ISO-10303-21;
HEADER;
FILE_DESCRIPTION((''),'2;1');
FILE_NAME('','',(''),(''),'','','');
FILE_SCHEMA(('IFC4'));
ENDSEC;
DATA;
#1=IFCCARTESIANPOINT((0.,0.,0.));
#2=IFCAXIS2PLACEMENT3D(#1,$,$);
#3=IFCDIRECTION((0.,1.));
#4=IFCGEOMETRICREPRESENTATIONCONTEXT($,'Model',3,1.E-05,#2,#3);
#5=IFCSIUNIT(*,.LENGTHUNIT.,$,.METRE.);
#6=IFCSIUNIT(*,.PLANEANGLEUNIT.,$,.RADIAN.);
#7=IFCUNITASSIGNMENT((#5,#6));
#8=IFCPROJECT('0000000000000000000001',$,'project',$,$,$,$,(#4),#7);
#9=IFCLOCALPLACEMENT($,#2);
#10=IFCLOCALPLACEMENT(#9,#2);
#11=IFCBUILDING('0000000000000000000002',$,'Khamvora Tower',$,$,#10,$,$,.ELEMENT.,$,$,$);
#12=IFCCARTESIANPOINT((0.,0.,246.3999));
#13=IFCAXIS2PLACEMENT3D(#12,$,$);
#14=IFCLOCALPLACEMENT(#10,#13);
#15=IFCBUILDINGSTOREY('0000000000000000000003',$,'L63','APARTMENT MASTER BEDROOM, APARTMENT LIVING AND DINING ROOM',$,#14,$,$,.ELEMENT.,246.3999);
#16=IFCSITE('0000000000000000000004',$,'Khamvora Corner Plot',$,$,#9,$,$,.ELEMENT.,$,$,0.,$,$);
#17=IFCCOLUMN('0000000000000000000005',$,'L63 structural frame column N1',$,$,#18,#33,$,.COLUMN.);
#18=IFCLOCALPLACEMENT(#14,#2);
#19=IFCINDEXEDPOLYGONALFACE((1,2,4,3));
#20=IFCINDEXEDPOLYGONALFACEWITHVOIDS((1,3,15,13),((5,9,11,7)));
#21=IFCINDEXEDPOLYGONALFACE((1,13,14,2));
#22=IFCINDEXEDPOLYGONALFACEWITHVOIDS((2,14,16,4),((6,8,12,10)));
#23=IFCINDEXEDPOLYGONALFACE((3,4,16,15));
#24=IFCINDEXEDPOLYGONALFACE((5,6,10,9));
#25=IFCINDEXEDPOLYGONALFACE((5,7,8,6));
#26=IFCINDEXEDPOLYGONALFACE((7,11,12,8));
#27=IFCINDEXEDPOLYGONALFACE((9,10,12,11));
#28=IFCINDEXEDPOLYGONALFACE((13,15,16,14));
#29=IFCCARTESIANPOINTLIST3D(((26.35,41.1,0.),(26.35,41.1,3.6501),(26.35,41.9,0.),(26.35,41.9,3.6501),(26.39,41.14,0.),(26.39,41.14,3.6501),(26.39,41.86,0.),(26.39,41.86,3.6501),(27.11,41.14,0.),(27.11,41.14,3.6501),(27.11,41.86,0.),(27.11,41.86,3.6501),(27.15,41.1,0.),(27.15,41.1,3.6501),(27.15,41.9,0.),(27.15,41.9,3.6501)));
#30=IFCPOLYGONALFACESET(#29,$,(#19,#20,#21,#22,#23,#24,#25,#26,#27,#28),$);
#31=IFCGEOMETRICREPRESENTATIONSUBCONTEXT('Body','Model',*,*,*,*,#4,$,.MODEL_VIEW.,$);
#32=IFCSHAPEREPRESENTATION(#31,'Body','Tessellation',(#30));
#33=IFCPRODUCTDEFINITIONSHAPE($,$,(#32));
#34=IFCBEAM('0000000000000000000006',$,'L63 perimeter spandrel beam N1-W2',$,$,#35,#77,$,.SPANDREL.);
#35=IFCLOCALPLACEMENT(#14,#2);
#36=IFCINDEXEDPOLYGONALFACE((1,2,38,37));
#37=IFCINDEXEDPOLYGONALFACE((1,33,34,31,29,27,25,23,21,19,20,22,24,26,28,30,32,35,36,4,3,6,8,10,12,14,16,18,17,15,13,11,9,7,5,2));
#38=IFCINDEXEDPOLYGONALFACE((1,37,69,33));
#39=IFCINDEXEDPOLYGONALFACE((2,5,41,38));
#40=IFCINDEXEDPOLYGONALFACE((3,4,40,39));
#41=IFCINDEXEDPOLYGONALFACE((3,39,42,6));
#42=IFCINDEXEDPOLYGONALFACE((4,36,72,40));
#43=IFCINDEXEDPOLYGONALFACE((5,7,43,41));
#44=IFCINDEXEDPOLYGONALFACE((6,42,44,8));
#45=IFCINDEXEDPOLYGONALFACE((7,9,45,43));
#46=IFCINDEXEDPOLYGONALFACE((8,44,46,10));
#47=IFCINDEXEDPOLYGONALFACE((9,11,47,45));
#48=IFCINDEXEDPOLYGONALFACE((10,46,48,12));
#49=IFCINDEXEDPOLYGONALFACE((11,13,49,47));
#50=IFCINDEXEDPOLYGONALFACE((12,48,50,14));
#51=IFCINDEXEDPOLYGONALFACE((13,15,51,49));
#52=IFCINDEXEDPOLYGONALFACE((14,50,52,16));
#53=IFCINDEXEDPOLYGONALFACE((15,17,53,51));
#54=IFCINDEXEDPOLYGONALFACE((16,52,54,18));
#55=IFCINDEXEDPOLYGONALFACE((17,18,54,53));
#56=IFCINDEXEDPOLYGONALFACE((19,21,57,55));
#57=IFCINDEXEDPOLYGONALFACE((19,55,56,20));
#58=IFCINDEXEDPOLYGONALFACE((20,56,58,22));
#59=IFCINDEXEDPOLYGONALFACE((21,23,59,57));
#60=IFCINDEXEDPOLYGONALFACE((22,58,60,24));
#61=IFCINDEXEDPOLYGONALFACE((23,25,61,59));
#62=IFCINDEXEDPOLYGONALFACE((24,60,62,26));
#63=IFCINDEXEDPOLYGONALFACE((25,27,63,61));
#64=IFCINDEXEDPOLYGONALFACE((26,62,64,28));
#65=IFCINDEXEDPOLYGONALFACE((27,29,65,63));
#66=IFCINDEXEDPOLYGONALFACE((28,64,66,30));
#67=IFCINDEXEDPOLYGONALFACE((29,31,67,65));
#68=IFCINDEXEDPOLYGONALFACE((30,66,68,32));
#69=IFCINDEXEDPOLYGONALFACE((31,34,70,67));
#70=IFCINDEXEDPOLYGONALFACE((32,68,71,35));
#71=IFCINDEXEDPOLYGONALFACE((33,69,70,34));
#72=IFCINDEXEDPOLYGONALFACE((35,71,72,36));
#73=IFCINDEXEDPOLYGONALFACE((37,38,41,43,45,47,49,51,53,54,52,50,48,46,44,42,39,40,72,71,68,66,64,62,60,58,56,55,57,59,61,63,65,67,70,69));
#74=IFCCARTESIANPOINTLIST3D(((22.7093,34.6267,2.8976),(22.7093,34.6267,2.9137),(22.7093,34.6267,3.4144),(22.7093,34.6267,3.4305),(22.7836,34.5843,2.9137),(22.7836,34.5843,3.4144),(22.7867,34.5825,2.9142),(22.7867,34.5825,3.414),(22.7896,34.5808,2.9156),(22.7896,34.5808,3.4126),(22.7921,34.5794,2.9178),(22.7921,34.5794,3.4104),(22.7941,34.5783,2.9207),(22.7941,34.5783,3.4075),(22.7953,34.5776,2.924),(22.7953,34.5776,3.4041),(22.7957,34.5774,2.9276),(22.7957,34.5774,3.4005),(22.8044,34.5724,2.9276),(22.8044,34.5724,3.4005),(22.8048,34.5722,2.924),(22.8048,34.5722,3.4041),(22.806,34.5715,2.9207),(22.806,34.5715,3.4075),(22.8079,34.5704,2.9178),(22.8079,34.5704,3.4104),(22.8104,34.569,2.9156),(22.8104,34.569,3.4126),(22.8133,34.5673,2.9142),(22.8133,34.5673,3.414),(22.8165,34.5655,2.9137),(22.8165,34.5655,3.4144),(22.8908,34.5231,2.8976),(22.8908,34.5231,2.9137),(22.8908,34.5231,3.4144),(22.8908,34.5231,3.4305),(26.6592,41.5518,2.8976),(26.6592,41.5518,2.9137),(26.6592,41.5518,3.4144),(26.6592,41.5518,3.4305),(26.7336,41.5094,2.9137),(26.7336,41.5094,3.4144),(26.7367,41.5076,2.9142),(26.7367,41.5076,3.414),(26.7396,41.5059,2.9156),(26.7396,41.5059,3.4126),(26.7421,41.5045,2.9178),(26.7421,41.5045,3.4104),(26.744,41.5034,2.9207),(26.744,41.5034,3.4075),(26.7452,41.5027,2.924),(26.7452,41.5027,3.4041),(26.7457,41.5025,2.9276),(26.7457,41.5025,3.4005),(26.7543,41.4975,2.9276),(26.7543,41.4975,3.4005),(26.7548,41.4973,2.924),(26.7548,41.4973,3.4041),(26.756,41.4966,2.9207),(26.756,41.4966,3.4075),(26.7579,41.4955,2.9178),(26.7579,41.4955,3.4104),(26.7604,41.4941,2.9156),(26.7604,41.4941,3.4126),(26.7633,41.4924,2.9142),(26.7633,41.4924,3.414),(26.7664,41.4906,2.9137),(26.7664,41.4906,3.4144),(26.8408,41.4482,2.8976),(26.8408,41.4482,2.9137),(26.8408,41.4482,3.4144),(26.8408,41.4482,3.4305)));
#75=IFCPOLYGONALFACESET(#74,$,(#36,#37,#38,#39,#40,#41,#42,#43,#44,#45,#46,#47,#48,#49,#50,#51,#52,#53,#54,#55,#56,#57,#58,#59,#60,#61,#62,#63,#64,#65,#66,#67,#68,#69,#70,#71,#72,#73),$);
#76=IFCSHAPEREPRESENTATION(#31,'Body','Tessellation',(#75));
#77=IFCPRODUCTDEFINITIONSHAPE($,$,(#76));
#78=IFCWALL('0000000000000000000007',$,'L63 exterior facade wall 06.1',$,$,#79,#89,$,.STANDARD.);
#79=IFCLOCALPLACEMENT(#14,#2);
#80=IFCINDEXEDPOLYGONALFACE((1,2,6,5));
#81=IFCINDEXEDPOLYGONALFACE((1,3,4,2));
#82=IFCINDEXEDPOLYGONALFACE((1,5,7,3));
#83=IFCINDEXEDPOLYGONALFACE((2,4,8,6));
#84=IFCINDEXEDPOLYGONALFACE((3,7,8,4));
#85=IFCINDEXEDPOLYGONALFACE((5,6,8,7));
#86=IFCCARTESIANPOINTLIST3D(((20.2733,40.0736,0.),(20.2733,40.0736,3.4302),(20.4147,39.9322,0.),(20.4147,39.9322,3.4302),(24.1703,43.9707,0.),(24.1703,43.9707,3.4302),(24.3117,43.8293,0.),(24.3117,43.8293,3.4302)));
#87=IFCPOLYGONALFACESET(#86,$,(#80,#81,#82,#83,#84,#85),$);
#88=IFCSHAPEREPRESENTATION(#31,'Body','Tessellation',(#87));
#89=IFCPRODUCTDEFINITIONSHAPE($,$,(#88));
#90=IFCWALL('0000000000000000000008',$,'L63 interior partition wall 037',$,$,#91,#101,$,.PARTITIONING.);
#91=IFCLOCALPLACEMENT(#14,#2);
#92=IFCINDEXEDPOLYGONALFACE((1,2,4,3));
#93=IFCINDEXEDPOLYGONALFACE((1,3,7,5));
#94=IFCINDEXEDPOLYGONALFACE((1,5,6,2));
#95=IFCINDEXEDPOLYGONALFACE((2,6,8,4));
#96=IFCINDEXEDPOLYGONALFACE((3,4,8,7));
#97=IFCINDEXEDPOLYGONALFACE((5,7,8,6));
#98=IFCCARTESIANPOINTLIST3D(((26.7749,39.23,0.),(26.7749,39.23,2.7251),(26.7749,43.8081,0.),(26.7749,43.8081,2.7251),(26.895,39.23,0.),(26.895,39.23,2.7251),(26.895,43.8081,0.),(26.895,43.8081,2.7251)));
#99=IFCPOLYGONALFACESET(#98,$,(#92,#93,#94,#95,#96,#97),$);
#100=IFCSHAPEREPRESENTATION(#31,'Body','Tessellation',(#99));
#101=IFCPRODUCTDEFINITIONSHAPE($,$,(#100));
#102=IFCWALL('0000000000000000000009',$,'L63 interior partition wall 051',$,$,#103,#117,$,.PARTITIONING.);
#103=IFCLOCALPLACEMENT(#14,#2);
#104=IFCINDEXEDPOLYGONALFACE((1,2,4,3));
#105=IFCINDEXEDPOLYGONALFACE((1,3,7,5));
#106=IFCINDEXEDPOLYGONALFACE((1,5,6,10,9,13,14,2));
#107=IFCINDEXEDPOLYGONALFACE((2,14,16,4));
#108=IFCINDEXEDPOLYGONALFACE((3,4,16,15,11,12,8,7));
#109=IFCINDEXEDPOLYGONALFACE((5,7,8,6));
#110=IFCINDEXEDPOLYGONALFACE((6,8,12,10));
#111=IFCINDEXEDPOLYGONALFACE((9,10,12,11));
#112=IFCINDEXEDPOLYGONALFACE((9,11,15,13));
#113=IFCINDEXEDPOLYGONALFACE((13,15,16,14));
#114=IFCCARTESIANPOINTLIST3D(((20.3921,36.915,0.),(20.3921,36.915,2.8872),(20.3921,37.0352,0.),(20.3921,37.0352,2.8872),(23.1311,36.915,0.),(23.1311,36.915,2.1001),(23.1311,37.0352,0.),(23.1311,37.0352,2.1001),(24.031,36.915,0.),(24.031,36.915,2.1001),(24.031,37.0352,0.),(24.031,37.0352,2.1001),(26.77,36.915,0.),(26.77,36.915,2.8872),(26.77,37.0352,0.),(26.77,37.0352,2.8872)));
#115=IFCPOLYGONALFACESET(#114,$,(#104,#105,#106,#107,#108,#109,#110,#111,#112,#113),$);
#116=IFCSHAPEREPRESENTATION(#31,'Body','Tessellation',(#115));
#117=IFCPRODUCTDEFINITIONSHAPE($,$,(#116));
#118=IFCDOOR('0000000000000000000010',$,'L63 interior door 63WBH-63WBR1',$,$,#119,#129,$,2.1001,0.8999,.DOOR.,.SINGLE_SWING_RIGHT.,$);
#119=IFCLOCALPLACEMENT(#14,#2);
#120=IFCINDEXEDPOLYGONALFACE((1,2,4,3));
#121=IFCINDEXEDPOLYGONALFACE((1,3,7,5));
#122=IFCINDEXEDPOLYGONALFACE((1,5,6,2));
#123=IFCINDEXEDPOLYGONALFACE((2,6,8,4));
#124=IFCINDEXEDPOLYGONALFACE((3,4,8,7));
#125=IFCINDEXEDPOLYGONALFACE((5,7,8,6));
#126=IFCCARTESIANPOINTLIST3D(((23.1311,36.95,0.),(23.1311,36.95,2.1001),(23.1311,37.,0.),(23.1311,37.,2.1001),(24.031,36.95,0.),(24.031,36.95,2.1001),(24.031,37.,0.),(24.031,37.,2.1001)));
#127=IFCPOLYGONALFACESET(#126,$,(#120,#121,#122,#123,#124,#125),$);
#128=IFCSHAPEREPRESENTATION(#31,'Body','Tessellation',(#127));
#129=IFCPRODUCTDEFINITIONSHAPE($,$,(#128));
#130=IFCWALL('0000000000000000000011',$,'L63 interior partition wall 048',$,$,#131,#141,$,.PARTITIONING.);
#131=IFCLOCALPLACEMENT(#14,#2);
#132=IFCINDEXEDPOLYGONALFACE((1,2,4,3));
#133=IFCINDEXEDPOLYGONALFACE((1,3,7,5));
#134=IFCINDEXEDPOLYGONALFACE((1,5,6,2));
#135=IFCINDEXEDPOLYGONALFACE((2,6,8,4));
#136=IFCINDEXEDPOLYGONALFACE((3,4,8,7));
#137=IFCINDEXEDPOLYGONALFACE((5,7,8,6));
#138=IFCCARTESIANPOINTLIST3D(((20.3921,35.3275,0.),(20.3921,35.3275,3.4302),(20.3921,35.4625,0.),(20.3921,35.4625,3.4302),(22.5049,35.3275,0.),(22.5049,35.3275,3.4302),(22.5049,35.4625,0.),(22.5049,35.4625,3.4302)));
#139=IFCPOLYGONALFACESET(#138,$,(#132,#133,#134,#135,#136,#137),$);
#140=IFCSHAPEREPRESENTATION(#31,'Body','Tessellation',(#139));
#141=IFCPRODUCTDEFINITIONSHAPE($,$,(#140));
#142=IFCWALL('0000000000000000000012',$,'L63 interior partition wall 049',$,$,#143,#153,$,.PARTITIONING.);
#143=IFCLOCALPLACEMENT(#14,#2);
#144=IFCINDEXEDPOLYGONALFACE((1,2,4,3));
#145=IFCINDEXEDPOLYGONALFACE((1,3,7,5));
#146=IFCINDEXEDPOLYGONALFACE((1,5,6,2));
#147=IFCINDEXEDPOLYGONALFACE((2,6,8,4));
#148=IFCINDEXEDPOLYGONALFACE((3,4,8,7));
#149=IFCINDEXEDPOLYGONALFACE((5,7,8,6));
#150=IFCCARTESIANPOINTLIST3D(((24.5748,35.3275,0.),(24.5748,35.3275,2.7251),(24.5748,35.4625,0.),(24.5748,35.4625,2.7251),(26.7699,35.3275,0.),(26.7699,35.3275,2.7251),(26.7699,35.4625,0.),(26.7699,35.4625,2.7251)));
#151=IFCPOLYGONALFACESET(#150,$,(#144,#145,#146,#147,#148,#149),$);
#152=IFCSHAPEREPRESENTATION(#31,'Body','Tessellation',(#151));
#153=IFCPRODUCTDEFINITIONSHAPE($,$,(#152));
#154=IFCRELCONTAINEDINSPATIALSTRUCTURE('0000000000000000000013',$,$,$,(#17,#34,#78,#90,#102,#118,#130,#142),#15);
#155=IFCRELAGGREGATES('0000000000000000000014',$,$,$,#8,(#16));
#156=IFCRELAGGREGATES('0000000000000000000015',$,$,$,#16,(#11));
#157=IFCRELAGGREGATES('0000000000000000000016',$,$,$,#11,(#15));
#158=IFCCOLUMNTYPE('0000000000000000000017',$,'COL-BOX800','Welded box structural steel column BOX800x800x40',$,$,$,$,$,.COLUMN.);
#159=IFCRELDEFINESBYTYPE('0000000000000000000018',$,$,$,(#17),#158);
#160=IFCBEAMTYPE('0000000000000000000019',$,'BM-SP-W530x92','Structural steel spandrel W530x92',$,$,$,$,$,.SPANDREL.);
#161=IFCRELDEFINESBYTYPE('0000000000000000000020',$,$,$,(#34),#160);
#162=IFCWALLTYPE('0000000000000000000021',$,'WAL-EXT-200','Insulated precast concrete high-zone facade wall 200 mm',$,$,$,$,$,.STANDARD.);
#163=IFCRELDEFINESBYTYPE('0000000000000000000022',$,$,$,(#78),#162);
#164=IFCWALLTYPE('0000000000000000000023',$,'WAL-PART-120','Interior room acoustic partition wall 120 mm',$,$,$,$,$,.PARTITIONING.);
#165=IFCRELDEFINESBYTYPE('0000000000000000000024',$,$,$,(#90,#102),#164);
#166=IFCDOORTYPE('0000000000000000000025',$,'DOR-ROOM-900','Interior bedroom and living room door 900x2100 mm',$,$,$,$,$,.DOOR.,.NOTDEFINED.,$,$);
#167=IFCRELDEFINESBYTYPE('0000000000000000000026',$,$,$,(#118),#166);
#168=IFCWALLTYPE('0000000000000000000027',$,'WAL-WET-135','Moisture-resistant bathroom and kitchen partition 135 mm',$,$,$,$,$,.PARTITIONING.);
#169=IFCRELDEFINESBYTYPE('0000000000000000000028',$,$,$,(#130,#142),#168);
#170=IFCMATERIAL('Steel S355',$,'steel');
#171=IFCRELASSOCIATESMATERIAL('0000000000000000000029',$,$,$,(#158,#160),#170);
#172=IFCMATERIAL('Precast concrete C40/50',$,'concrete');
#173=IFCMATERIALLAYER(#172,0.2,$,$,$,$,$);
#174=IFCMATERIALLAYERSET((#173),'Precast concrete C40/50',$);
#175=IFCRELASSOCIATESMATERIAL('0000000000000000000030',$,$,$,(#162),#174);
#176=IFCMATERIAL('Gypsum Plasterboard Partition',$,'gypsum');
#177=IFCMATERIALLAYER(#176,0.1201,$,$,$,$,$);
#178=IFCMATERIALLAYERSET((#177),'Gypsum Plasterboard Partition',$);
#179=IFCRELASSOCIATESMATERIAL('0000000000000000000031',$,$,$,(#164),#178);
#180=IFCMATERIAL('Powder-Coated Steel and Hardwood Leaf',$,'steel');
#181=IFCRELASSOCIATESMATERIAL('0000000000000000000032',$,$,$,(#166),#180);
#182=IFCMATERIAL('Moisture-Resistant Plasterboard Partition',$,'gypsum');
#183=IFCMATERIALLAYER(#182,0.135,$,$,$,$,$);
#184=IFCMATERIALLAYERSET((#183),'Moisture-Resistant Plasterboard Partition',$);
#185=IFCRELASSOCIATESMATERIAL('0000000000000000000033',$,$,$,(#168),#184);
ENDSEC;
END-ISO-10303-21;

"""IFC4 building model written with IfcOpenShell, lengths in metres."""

from ifc_helpers import new_model, si_unit, direction, frame, frame_2d, origin, origin_2d, place, context, subcontext, project, spatial, rectangle, hollow_rectangle, i_section, extrude, material, layer, layer_set, material_profile, profile_set, type_object, element, fill, save


model = new_model("IFC4")

# Units and contexts
model_context = context("Model", 3, precision=1e-05, world=origin(), true_north=direction((0.0, 1.0)))
body_context = subcontext(model_context, "Body", "Model", "MODEL_VIEW")
ifc_project = project(units=[si_unit("LENGTHUNIT", "METRE"), si_unit("PLANEANGLEUNIT", "RADIAN")], contexts=[model_context])

# Site, building, storey
site_placement = place(None, origin())
site = spatial("IfcSite", under=ifc_project, at=site_placement, Name="Khamvora Corner Plot", CompositionType="ELEMENT", RefElevation=0.0)
building_placement = place(site_placement, origin())
building = spatial("IfcBuilding", under=site, at=building_placement, Name="Khamvora Tower", CompositionType="ELEMENT")
storey_placement = place(building_placement, frame((0.0, 0.0, 246.3999)))
storey = spatial("IfcBuildingStorey", under=building, at=storey_placement, Name="L63", Description="APARTMENT MASTER BEDROOM, APARTMENT LIVING AND DINING ROOM", CompositionType="ELEMENT", Elevation=246.3999)

# Column
ifc_material_1 = material(Name="Steel S355", Category="steel")
ifc_material_profile_1 = material_profile(ifc_material_1, hollow_rectangle(XDim=0.8, YDim=0.8, WallThickness=0.04, at=origin_2d()), Name="BOX800x800x40")
ifc_profile_set_1 = profile_set([ifc_material_profile_1], Name="Steel S355")
column_type = type_object("IfcColumnType", Name="COL-BOX800", Description="Welded box structural steel column BOX800x800x40", PredefinedType="COLUMN", material=ifc_profile_set_1)
column_placement = place(storey_placement, frame((26.75, 41.5, 0.0), z_axis=(0.0, 0.0, 1.0), x_axis=(1.0, 0.0, 0.0)))
element("IfcColumn", 1, at=column_placement, inside=storey, type_object=column_type, Name="L63 structural frame column N1", PredefinedType="COLUMN", context=body_context, shape_type="SweptSolid", body=[
    extrude(hollow_rectangle(XDim=0.8, YDim=0.8, WallThickness=0.04, at=origin_2d()), origin(), (0.0, 0.0, 1.0), 3.6501),
])

# Beam
ifc_material_profile_2 = material_profile(ifc_material_1, i_section(OverallWidth=0.209, OverallDepth=0.533, WebThickness=0.01, FlangeThickness=0.0161, FilletRadius=0.0139, at=origin_2d()), Name="W530x92")
ifc_profile_set_2 = profile_set([ifc_material_profile_2], Name="Steel S355")
beam_type = type_object("IfcBeamType", Name="BM-SP-W530x92", Description="Structural steel spandrel W530x92", PredefinedType="SPANDREL", material=ifc_profile_set_2)
beam_placement = place(storey_placement, frame((26.75, 41.5, 3.1641), z_axis=(-0.495456, -0.868633, 0.0), x_axis=(0.868633, -0.495456, 0.0)))
element("IfcBeam", 2, at=beam_placement, inside=storey, type_object=beam_type, Name="L63 perimeter spandrel beam N1-W2", PredefinedType="SPANDREL", context=body_context, shape_type="SweptSolid", body=[
    extrude(i_section(OverallWidth=0.209, OverallDepth=0.533, WebThickness=0.01, FlangeThickness=0.0161, FilletRadius=0.0139, at=origin_2d()), origin(), (0.0, 0.0, 1.0), 7.9724),
])

# Wall
ifc_material_2 = material(Name="Precast concrete C40/50", Category="concrete")
ifc_layer_1 = layer(ifc_material_2, 0.2)
ifc_layer_set_1 = layer_set([ifc_layer_1], Name="Precast concrete C40/50")
wall_type_1 = type_object("IfcWallType", Name="WAL-EXT-200", Description="Insulated precast concrete high-zone facade wall 200 mm", PredefinedType="STANDARD", material=ifc_layer_set_1)
wall_1_placement = place(storey_placement, frame((20.344, 40.0029, 0.0), z_axis=(0.0, 0.0, 1.0), x_axis=(0.707107, 0.707107, 0.0)))
element("IfcWall", 3, at=wall_1_placement, inside=storey, type_object=wall_type_1, Name="L63 exterior facade wall 06.1", PredefinedType="STANDARD", context=body_context, shape_type="SweptSolid", body=[
    extrude(rectangle(XDim=5.5112, YDim=0.2, at=frame_2d((2.7556, 0.0))), origin(), (0.0, 0.0, 1.0), 3.4302),
])

# Wall
ifc_material_3 = material(Name="Gypsum Plasterboard Partition", Category="gypsum")
ifc_layer_2 = layer(ifc_material_3, 0.1201)
ifc_layer_set_2 = layer_set([ifc_layer_2], Name="Gypsum Plasterboard Partition")
wall_type_2 = type_object("IfcWallType", Name="WAL-PART-120", Description="Interior room acoustic partition wall 120 mm", PredefinedType="PARTITIONING", material=ifc_layer_set_2)
wall_2_placement = place(storey_placement, frame((26.835, 39.23, 0.0), z_axis=(0.0, 0.0, 1.0), x_axis=(0.0, 1.0, 0.0)))
element("IfcWall", 4, at=wall_2_placement, inside=storey, type_object=wall_type_2, Name="L63 interior partition wall 037", PredefinedType="PARTITIONING", context=body_context, shape_type="SweptSolid", body=[
    extrude(rectangle(XDim=4.5781, YDim=0.1201, at=frame_2d((2.2891, 0.0))), origin(), (0.0, 0.0, 1.0), 2.7251),
])

# Wall, opening, door
wall_3_placement = place(storey_placement, frame((20.3921, 36.9751, 0.0), z_axis=(0.0, 0.0, 1.0), x_axis=(1.0, 0.0, 0.0)))
wall_3 = element("IfcWall", 5, at=wall_3_placement, inside=storey, type_object=wall_type_2, Name="L63 interior partition wall 051", PredefinedType="PARTITIONING", context=body_context, shape_type="SweptSolid", body=[
    extrude(rectangle(XDim=6.3779, YDim=0.1201, at=frame_2d((3.189, 0.0))), origin(), (0.0, 0.0, 1.0), 2.8872),
])
opening_1_placement = place(wall_3_placement, frame((2.739, 0.0, 0.0)))
opening_1 = element("IfcOpeningElement", 6, at=opening_1_placement, cuts=wall_3, PredefinedType="OPENING", context=body_context, shape_type="SweptSolid", body=[
    extrude(rectangle(XDim=0.8999, YDim=2.1001, at=frame_2d((0.45, 1.05))), frame((0.0, 0.0701, 0.0), z_axis=(0.0, -1.0, 0.0), x_axis=(1.0, 0.0, 0.0)), (0.0, 0.0, 1.0), 0.1401),
])
ifc_material_4 = material(Name="Powder-Coated Steel and Hardwood Leaf", Category="steel")
door_type_1 = type_object("IfcDoorType", Name="DOR-ROOM-900", Description="Interior bedroom and living room door 900x2100 mm", OperationType="NOTDEFINED", PredefinedType="DOOR", material=ifc_material_4)
door_1_placement = place(opening_1_placement, origin())
door_1 = element("IfcDoor", 7, at=door_1_placement, inside=storey, type_object=door_type_1, Name="L63 interior door 63WBH-63WBR1", OperationType="SINGLE_SWING_RIGHT", OverallHeight=2.1001, OverallWidth=0.8999, PredefinedType="DOOR", context=body_context, shape_type="SweptSolid", body=[
    extrude(rectangle(XDim=0.8999, YDim=2.1001, at=frame_2d((0.45, 1.05))), frame((0.0, 0.0249, 0.0), z_axis=(0.0, -1.0, 0.0), x_axis=(1.0, 0.0, 0.0)), (0.0, 0.0, 1.0), 0.05),
])
fill(opening_1, door_1)

# Walls
ifc_material_5 = material(Name="Moisture-Resistant Plasterboard Partition", Category="gypsum")
ifc_layer_3 = layer(ifc_material_5, 0.135)
ifc_layer_set_3 = layer_set([ifc_layer_3], Name="Moisture-Resistant Plasterboard Partition")
wall_type_3 = type_object("IfcWallType", Name="WAL-WET-135", Description="Moisture-resistant bathroom and kitchen partition 135 mm", PredefinedType="PARTITIONING", material=ifc_layer_set_3)
wall_4_placement = place(storey_placement, frame((22.5049, 35.395, 0.0), z_axis=(0.0, 0.0, 1.0), x_axis=(-1.0, 0.0, 0.0)))
element("IfcWall", 8, at=wall_4_placement, inside=storey, type_object=wall_type_3, Name="L63 interior partition wall 048", PredefinedType="PARTITIONING", context=body_context, shape_type="SweptSolid", body=[
    extrude(rectangle(XDim=2.1128, YDim=0.135, at=frame_2d((1.0564, 0.0))), origin(), (0.0, 0.0, 1.0), 3.4302),
])
wall_5_placement = place(storey_placement, frame((26.77, 35.395, 0.0), z_axis=(0.0, 0.0, 1.0), x_axis=(-1.0, 0.0, 0.0)))
element("IfcWall", 9, at=wall_5_placement, inside=storey, type_object=wall_type_3, Name="L63 interior partition wall 049", PredefinedType="PARTITIONING", context=body_context, shape_type="SweptSolid", body=[
    extrude(rectangle(XDim=2.1951, YDim=0.135, at=frame_2d((1.0977, 0.0))), origin(), (0.0, 0.0, 1.0), 2.7251),
])

save(model, "model.ifc")
